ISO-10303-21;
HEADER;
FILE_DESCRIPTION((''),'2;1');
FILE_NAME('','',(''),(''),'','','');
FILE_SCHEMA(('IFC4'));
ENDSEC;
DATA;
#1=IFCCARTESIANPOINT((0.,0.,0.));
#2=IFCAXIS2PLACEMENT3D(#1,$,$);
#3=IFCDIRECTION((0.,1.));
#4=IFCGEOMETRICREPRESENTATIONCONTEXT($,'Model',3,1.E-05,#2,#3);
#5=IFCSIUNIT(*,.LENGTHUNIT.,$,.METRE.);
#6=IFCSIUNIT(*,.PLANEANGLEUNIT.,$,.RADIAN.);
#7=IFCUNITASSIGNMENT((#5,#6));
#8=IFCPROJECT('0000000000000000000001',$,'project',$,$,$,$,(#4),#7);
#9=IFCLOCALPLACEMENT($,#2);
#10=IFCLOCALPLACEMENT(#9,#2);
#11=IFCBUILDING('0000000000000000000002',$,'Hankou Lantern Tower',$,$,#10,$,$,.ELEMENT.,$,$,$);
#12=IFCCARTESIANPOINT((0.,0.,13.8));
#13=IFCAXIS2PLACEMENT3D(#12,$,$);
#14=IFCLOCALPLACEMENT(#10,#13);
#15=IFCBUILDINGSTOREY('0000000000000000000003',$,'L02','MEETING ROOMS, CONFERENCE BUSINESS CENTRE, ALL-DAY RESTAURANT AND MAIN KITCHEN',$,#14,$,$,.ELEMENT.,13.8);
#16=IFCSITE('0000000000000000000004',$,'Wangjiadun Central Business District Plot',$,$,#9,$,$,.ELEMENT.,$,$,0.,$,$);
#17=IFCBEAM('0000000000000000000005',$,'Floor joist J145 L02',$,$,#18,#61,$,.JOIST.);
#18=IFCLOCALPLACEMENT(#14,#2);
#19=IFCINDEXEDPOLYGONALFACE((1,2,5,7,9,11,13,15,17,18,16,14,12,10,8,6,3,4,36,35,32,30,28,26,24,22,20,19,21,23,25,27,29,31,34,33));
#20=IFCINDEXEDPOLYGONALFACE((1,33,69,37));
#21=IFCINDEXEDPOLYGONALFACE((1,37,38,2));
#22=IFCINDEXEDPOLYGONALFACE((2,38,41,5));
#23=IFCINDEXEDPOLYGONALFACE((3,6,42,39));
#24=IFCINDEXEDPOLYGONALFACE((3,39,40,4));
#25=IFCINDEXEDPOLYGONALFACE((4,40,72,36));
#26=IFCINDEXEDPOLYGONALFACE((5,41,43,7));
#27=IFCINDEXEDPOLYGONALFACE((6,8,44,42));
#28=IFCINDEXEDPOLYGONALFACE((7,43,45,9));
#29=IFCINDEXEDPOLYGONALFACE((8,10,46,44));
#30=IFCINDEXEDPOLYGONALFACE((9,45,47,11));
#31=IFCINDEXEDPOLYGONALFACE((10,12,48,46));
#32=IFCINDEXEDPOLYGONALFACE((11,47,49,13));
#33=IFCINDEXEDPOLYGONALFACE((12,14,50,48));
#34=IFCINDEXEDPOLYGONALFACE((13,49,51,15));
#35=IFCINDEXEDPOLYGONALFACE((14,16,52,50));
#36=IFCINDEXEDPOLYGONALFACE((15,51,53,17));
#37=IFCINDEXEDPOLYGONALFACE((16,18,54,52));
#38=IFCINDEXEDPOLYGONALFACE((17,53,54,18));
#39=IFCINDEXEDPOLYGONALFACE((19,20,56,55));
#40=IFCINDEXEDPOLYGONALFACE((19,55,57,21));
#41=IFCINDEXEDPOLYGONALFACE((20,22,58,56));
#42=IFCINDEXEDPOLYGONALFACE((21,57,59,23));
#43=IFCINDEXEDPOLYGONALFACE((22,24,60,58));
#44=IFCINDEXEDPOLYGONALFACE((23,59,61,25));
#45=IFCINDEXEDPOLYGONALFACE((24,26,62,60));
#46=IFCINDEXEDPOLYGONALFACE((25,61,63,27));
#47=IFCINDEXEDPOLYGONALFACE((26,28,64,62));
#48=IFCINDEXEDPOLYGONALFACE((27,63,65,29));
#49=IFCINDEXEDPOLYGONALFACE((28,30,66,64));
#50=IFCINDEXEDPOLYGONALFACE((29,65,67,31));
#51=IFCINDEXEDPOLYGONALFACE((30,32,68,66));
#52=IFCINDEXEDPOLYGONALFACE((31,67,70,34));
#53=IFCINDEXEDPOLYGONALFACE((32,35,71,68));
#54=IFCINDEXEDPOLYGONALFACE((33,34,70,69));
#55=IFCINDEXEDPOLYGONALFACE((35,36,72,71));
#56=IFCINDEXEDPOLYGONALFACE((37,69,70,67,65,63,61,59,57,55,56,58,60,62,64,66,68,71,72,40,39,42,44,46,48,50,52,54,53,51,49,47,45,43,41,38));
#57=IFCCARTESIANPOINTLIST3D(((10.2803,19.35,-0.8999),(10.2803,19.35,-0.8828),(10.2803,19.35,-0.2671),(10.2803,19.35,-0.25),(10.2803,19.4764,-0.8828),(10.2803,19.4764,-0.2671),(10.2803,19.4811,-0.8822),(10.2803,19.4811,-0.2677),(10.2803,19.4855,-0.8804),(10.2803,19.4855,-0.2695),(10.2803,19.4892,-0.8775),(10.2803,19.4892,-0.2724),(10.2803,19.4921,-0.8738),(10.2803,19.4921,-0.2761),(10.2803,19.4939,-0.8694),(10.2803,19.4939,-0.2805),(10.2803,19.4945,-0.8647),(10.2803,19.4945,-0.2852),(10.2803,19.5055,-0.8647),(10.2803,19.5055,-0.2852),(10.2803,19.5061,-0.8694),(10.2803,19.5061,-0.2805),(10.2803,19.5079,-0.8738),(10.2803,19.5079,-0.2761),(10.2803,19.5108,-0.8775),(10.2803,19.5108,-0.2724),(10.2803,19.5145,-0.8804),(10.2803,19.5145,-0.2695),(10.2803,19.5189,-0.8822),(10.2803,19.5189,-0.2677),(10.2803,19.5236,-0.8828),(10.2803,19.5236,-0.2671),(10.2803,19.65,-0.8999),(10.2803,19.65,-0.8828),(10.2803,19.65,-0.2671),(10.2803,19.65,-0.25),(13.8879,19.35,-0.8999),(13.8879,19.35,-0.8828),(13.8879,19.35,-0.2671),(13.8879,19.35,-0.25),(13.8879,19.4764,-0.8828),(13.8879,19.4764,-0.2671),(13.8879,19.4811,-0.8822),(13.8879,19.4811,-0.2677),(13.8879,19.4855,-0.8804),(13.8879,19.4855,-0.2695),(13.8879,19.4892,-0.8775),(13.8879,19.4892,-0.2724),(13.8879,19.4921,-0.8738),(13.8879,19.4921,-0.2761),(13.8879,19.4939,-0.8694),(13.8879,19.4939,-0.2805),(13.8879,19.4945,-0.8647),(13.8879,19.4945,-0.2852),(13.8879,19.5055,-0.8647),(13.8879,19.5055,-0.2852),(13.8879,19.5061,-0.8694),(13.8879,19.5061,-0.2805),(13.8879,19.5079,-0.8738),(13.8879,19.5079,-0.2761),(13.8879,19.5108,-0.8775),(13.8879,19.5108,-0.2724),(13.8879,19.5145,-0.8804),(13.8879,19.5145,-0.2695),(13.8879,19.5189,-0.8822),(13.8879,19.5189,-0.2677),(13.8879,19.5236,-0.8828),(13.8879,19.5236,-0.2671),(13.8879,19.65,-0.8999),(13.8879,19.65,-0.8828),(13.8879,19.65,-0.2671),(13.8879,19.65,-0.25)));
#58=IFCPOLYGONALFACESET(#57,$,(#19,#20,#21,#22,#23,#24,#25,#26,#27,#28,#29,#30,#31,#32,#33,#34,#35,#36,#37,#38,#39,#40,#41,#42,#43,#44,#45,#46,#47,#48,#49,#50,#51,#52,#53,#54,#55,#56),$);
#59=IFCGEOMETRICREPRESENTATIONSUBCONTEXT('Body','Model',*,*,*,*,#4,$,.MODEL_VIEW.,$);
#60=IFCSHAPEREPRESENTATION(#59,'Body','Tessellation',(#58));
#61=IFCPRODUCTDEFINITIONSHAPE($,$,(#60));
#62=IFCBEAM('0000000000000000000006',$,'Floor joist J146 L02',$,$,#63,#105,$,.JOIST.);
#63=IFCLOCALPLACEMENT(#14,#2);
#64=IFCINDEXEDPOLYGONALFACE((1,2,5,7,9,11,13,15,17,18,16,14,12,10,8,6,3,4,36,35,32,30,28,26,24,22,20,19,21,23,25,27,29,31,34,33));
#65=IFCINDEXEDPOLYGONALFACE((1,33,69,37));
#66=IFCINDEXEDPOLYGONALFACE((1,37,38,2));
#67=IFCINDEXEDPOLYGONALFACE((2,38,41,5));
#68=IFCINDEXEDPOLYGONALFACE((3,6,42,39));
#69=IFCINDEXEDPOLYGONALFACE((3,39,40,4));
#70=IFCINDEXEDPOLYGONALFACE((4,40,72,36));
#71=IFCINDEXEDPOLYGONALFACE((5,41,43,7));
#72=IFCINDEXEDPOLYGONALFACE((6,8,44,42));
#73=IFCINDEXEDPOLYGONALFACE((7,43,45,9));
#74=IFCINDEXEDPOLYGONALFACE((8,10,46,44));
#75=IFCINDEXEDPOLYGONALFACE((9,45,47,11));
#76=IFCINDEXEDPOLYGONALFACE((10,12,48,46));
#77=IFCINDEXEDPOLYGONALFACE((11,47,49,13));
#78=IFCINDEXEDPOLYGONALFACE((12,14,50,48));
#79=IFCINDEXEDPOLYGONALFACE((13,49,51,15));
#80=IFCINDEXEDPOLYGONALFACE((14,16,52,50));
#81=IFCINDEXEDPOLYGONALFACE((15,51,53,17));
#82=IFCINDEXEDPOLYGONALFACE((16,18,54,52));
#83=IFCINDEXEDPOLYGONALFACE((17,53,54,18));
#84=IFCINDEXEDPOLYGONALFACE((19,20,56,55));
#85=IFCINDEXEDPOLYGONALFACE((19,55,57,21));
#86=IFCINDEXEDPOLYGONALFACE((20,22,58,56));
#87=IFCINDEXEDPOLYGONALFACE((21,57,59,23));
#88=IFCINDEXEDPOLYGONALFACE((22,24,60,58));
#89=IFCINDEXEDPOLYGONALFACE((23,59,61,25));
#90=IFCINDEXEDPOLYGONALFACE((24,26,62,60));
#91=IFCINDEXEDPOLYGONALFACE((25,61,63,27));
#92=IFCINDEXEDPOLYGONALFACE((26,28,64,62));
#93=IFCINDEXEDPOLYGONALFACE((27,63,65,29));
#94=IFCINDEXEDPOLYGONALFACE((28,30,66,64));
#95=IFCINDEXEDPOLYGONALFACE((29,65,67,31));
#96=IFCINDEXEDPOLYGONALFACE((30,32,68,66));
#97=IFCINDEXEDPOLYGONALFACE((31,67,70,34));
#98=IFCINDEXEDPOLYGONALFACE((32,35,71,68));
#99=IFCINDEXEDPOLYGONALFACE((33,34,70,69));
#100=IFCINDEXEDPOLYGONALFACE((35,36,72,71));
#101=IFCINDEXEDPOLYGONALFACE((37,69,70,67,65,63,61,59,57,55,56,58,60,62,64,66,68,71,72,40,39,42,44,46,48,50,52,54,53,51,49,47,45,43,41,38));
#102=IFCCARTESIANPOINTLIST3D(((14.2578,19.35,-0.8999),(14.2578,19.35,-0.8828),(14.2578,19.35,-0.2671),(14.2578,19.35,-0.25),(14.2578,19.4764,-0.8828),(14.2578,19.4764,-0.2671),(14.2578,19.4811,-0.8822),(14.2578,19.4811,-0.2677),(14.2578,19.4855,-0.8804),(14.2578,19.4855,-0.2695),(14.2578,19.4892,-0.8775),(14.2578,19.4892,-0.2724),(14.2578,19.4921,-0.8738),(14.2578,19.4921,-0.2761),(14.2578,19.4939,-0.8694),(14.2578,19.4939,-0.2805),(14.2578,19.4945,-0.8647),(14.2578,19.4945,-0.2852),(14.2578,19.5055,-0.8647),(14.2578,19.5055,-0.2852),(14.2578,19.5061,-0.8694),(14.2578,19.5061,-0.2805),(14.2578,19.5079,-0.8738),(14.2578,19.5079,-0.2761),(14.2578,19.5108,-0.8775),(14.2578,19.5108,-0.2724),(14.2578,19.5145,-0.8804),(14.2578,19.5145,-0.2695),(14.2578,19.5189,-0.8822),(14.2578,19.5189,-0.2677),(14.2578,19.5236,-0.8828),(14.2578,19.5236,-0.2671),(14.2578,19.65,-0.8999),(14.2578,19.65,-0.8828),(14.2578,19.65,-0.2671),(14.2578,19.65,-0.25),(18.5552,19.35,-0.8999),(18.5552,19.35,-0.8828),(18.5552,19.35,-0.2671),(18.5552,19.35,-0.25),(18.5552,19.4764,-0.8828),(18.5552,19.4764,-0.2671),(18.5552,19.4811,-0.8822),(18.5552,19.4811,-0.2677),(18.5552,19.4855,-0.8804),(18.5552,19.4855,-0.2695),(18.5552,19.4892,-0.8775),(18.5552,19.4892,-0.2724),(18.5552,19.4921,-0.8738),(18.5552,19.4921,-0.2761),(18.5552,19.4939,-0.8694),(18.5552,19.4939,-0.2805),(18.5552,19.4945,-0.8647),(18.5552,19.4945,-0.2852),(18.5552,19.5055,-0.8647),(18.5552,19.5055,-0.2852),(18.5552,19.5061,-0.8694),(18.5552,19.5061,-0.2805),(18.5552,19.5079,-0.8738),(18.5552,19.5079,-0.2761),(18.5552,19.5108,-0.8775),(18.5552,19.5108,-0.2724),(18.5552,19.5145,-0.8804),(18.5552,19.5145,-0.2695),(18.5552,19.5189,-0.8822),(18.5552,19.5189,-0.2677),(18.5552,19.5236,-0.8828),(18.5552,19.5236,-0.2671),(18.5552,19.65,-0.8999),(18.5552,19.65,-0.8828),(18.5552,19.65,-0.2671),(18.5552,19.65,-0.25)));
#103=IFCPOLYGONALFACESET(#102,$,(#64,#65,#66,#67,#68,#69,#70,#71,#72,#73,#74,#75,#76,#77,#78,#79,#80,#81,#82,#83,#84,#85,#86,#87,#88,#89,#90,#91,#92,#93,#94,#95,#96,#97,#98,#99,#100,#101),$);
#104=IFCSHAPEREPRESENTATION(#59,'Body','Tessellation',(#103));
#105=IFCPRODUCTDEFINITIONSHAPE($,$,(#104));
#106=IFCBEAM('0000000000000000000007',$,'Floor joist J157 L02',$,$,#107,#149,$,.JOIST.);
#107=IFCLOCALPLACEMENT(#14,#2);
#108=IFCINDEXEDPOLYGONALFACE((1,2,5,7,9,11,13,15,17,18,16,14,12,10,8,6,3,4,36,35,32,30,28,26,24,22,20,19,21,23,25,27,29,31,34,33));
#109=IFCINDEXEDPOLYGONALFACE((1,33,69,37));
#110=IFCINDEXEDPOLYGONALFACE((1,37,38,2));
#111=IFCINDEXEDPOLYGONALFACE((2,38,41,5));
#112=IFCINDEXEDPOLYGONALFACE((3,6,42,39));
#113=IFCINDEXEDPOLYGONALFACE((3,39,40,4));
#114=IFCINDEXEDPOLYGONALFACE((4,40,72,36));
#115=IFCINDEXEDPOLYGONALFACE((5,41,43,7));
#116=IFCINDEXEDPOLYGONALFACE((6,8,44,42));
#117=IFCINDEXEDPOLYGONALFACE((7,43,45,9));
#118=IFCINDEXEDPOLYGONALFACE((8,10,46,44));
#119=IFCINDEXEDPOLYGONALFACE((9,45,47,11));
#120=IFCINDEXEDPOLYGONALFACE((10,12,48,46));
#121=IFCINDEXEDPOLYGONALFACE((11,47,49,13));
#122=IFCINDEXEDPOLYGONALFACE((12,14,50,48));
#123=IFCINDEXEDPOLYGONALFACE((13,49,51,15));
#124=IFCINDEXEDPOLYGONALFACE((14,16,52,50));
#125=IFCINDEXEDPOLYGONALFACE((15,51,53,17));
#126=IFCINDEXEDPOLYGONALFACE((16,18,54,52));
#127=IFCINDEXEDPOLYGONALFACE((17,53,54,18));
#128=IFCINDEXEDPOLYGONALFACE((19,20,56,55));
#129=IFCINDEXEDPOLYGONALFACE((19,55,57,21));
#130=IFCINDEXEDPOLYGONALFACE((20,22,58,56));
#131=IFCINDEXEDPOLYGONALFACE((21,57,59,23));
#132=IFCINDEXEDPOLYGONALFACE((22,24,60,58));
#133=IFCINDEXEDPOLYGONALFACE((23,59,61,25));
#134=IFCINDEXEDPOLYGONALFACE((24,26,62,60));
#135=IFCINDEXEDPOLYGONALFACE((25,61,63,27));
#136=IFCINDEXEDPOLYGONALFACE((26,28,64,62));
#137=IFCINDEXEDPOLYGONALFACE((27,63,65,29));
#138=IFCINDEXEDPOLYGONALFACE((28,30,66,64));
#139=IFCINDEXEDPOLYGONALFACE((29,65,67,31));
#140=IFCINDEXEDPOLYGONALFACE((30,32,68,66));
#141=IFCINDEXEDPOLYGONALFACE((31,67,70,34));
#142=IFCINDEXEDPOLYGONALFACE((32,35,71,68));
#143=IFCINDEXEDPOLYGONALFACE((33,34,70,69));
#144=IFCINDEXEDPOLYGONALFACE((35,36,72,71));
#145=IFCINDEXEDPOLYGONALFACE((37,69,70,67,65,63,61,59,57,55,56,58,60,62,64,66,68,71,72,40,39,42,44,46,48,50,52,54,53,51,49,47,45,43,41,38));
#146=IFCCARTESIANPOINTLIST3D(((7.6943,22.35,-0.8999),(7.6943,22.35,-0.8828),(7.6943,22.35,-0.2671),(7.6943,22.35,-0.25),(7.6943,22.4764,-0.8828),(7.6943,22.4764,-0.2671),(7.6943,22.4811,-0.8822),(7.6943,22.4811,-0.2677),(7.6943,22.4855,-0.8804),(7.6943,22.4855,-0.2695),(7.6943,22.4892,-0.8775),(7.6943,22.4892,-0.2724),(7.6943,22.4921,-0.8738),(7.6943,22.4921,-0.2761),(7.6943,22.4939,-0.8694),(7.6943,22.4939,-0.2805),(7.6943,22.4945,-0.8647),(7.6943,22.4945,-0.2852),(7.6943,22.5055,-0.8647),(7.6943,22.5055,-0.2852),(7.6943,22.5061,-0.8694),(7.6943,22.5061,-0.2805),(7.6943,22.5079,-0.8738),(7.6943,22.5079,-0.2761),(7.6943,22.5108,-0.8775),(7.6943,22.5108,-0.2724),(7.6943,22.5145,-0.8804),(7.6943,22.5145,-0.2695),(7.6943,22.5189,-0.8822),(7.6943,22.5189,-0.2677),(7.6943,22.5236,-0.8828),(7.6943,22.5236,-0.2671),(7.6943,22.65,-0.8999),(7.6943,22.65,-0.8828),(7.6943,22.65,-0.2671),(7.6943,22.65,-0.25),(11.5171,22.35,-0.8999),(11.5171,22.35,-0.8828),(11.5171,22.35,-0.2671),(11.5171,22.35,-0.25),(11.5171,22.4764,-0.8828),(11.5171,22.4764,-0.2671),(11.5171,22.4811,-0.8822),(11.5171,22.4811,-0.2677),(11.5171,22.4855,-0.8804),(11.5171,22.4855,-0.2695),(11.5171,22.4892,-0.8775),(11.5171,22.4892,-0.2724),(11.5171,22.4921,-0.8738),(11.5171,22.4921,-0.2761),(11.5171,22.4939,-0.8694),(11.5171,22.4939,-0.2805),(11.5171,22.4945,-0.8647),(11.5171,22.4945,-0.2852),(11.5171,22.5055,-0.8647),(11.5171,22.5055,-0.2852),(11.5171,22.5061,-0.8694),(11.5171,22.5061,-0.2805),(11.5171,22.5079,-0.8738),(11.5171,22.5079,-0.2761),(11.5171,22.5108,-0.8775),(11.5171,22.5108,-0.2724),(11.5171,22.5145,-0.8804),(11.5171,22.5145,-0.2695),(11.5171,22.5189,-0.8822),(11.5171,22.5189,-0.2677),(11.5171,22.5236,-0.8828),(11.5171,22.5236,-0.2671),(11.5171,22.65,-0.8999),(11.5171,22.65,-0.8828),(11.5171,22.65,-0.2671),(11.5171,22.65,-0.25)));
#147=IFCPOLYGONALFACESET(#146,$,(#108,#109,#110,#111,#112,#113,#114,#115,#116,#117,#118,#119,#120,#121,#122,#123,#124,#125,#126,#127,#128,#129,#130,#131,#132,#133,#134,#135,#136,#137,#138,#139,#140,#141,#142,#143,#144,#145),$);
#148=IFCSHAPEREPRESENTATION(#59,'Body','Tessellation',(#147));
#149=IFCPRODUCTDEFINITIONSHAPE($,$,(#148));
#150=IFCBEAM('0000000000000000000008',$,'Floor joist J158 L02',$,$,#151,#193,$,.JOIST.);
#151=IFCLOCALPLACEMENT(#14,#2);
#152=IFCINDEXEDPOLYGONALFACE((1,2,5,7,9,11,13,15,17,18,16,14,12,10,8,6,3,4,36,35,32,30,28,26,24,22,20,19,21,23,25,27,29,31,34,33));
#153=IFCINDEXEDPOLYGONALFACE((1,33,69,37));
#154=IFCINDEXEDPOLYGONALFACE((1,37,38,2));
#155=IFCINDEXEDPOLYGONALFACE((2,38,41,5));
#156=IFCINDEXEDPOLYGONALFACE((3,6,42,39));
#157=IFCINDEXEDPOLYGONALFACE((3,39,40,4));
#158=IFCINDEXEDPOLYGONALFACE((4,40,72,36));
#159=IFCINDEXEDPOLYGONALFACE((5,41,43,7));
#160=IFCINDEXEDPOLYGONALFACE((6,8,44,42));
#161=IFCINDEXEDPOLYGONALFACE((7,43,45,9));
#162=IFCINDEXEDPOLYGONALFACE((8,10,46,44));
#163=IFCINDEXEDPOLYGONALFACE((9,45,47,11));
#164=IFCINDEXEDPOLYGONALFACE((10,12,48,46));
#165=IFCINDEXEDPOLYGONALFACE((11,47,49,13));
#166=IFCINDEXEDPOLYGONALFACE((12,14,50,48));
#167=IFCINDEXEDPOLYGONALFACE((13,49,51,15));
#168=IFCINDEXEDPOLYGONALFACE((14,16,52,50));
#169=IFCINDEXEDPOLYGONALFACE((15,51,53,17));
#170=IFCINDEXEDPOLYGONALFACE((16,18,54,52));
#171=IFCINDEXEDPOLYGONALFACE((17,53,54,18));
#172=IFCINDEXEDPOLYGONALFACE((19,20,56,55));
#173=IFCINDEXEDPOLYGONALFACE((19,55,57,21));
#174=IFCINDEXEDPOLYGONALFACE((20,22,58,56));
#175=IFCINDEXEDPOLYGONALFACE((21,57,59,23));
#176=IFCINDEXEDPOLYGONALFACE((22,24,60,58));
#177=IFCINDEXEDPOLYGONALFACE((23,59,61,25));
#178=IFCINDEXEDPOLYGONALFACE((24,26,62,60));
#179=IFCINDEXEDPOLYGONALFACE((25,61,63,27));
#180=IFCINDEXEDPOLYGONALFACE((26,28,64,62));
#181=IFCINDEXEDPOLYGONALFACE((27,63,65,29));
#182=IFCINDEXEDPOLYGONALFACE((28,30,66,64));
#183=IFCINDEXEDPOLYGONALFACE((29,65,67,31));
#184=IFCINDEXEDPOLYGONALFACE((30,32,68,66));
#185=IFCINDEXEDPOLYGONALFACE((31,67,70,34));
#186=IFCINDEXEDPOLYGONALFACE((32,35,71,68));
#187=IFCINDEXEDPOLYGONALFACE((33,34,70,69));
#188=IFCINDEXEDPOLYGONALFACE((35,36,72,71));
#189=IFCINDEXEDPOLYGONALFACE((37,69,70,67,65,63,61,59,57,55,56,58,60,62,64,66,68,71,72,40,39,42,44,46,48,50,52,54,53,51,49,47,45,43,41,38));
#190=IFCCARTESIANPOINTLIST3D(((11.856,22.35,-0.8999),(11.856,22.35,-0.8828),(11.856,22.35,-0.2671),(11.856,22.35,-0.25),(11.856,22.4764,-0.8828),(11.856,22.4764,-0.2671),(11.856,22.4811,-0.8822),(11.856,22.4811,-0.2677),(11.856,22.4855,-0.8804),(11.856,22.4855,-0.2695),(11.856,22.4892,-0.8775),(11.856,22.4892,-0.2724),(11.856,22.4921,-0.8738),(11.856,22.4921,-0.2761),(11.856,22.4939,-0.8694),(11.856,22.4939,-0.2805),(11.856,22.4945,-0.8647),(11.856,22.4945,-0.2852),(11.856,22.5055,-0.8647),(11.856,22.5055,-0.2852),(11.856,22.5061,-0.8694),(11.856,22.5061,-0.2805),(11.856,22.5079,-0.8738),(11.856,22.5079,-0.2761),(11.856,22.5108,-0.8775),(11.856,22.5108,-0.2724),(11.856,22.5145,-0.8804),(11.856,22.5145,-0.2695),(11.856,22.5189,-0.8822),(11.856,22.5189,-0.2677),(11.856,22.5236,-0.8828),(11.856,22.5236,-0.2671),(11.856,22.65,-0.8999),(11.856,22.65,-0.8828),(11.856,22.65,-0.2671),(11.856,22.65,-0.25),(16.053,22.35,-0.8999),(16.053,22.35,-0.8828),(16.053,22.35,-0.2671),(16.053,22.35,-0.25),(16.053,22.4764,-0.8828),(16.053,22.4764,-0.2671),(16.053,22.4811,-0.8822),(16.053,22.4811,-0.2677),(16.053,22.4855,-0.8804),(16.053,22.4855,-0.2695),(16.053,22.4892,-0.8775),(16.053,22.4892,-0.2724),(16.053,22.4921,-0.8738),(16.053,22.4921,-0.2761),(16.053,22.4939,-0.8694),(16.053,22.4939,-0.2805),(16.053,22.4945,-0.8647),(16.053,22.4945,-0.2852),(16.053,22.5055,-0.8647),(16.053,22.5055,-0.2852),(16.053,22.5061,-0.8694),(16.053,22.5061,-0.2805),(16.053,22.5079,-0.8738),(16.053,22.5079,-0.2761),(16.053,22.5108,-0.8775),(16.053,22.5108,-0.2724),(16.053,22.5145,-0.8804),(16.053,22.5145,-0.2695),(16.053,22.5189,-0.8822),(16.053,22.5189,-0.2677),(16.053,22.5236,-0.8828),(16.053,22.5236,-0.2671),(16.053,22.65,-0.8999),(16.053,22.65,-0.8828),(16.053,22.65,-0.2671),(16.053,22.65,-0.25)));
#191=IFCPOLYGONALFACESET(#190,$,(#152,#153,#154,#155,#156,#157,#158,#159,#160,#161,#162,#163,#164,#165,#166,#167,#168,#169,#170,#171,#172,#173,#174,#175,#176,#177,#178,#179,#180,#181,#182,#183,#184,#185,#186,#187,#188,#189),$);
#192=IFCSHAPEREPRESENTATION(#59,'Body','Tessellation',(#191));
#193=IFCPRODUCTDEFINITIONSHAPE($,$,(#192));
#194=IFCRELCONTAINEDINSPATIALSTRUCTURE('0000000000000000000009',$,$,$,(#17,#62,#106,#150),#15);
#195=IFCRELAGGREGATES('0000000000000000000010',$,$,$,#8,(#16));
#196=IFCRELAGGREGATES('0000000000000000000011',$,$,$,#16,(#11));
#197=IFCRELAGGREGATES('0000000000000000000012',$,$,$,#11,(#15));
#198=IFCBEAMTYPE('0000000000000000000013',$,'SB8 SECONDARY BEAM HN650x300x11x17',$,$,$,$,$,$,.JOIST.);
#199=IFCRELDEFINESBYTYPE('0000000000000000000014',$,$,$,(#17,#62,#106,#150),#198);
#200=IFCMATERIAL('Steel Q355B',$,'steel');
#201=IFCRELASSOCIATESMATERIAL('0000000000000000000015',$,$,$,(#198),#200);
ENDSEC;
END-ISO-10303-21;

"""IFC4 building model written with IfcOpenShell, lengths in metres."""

from ifc_helpers import new_model, si_unit, direction, frame, origin, origin_2d, place, context, subcontext, project, spatial, i_section, extrude, material, material_profile, profile_set, type_object, element, save


model = new_model("IFC4")

# Units and contexts
model_context = context("Model", 3, precision=1e-05, world=origin(), true_north=direction((0.0, 1.0)))
body_context = subcontext(model_context, "Body", "Model", "MODEL_VIEW")
ifc_project = project(units=[si_unit("LENGTHUNIT", "METRE"), si_unit("PLANEANGLEUNIT", "RADIAN")], contexts=[model_context])

# Site, building, storey
site_placement = place(None, origin())
site = spatial("IfcSite", under=ifc_project, at=site_placement, Name="Wangjiadun Central Business District Plot", CompositionType="ELEMENT", RefElevation=0.0)
building_placement = place(site_placement, origin())
building = spatial("IfcBuilding", under=site, at=building_placement, Name="Hankou Lantern Tower", CompositionType="ELEMENT")
storey_placement = place(building_placement, frame((0.0, 0.0, 13.8)))
storey = spatial("IfcBuildingStorey", under=building, at=storey_placement, Name="L02", Description="MEETING ROOMS, CONFERENCE BUSINESS CENTRE, ALL-DAY RESTAURANT AND MAIN KITCHEN", CompositionType="ELEMENT", Elevation=13.8)

# Beams
ifc_material_1 = material(Name="Steel Q355B", Category="steel")
ifc_material_profile_1 = material_profile(ifc_material_1, i_section(OverallWidth=0.3, OverallDepth=0.6499, WebThickness=0.011, FlangeThickness=0.0171, FilletRadius=0.0181, at=origin_2d()), Name="HN650x300x11x17")
ifc_profile_set_1 = profile_set([ifc_material_profile_1], Name="Steel Q355B")
beam_type_1 = type_object("IfcBeamType", Name="SB8 SECONDARY BEAM HN650x300x11x17", PredefinedType="JOIST", material=ifc_profile_set_1)
beam_1_placement = place(storey_placement, frame((10.2803, 19.5, -0.575), z_axis=(1.0, 0.0, 0.0), x_axis=(0.0, 1.0, 0.0)))
element("IfcBeam", 1, at=beam_1_placement, inside=storey, type_object=beam_type_1, Name="Floor joist J145 L02", PredefinedType="JOIST", context=body_context, shape_type="SweptSolid", body=[
    extrude(i_section(OverallWidth=0.3, OverallDepth=0.6499, WebThickness=0.011, FlangeThickness=0.0171, FilletRadius=0.0181, at=origin_2d()), origin(), (0.0, 0.0, 1.0), 3.6077),
])
beam_2_placement = place(storey_placement, frame((14.2578, 19.5, -0.575), z_axis=(1.0, 0.0, 0.0), x_axis=(0.0, 1.0, 0.0)))
element("IfcBeam", 2, at=beam_2_placement, inside=storey, type_object=beam_type_1, Name="Floor joist J146 L02", PredefinedType="JOIST", context=body_context, shape_type="SweptSolid", body=[
    extrude(i_section(OverallWidth=0.3, OverallDepth=0.6499, WebThickness=0.011, FlangeThickness=0.0171, FilletRadius=0.0181, at=origin_2d()), origin(), (0.0, 0.0, 1.0), 4.2974),
])
beam_3_placement = place(storey_placement, frame((7.6943, 22.5, -0.575), z_axis=(1.0, 0.0, 0.0), x_axis=(0.0, 1.0, 0.0)))
element("IfcBeam", 3, at=beam_3_placement, inside=storey, type_object=beam_type_1, Name="Floor joist J157 L02", PredefinedType="JOIST", context=body_context, shape_type="SweptSolid", body=[
    extrude(i_section(OverallWidth=0.3, OverallDepth=0.6499, WebThickness=0.011, FlangeThickness=0.0171, FilletRadius=0.0181, at=origin_2d()), origin(), (0.0, 0.0, 1.0), 3.8228),
])
beam_4_placement = place(storey_placement, frame((11.856, 22.5, -0.575), z_axis=(1.0, 0.0, 0.0), x_axis=(0.0, 1.0, 0.0)))
element("IfcBeam", 4, at=beam_4_placement, inside=storey, type_object=beam_type_1, Name="Floor joist J158 L02", PredefinedType="JOIST", context=body_context, shape_type="SweptSolid", body=[
    extrude(i_section(OverallWidth=0.3, OverallDepth=0.6499, WebThickness=0.011, FlangeThickness=0.0171, FilletRadius=0.0181, at=origin_2d()), origin(), (0.0, 0.0, 1.0), 4.197),
])

save(model, "model.ifc")
